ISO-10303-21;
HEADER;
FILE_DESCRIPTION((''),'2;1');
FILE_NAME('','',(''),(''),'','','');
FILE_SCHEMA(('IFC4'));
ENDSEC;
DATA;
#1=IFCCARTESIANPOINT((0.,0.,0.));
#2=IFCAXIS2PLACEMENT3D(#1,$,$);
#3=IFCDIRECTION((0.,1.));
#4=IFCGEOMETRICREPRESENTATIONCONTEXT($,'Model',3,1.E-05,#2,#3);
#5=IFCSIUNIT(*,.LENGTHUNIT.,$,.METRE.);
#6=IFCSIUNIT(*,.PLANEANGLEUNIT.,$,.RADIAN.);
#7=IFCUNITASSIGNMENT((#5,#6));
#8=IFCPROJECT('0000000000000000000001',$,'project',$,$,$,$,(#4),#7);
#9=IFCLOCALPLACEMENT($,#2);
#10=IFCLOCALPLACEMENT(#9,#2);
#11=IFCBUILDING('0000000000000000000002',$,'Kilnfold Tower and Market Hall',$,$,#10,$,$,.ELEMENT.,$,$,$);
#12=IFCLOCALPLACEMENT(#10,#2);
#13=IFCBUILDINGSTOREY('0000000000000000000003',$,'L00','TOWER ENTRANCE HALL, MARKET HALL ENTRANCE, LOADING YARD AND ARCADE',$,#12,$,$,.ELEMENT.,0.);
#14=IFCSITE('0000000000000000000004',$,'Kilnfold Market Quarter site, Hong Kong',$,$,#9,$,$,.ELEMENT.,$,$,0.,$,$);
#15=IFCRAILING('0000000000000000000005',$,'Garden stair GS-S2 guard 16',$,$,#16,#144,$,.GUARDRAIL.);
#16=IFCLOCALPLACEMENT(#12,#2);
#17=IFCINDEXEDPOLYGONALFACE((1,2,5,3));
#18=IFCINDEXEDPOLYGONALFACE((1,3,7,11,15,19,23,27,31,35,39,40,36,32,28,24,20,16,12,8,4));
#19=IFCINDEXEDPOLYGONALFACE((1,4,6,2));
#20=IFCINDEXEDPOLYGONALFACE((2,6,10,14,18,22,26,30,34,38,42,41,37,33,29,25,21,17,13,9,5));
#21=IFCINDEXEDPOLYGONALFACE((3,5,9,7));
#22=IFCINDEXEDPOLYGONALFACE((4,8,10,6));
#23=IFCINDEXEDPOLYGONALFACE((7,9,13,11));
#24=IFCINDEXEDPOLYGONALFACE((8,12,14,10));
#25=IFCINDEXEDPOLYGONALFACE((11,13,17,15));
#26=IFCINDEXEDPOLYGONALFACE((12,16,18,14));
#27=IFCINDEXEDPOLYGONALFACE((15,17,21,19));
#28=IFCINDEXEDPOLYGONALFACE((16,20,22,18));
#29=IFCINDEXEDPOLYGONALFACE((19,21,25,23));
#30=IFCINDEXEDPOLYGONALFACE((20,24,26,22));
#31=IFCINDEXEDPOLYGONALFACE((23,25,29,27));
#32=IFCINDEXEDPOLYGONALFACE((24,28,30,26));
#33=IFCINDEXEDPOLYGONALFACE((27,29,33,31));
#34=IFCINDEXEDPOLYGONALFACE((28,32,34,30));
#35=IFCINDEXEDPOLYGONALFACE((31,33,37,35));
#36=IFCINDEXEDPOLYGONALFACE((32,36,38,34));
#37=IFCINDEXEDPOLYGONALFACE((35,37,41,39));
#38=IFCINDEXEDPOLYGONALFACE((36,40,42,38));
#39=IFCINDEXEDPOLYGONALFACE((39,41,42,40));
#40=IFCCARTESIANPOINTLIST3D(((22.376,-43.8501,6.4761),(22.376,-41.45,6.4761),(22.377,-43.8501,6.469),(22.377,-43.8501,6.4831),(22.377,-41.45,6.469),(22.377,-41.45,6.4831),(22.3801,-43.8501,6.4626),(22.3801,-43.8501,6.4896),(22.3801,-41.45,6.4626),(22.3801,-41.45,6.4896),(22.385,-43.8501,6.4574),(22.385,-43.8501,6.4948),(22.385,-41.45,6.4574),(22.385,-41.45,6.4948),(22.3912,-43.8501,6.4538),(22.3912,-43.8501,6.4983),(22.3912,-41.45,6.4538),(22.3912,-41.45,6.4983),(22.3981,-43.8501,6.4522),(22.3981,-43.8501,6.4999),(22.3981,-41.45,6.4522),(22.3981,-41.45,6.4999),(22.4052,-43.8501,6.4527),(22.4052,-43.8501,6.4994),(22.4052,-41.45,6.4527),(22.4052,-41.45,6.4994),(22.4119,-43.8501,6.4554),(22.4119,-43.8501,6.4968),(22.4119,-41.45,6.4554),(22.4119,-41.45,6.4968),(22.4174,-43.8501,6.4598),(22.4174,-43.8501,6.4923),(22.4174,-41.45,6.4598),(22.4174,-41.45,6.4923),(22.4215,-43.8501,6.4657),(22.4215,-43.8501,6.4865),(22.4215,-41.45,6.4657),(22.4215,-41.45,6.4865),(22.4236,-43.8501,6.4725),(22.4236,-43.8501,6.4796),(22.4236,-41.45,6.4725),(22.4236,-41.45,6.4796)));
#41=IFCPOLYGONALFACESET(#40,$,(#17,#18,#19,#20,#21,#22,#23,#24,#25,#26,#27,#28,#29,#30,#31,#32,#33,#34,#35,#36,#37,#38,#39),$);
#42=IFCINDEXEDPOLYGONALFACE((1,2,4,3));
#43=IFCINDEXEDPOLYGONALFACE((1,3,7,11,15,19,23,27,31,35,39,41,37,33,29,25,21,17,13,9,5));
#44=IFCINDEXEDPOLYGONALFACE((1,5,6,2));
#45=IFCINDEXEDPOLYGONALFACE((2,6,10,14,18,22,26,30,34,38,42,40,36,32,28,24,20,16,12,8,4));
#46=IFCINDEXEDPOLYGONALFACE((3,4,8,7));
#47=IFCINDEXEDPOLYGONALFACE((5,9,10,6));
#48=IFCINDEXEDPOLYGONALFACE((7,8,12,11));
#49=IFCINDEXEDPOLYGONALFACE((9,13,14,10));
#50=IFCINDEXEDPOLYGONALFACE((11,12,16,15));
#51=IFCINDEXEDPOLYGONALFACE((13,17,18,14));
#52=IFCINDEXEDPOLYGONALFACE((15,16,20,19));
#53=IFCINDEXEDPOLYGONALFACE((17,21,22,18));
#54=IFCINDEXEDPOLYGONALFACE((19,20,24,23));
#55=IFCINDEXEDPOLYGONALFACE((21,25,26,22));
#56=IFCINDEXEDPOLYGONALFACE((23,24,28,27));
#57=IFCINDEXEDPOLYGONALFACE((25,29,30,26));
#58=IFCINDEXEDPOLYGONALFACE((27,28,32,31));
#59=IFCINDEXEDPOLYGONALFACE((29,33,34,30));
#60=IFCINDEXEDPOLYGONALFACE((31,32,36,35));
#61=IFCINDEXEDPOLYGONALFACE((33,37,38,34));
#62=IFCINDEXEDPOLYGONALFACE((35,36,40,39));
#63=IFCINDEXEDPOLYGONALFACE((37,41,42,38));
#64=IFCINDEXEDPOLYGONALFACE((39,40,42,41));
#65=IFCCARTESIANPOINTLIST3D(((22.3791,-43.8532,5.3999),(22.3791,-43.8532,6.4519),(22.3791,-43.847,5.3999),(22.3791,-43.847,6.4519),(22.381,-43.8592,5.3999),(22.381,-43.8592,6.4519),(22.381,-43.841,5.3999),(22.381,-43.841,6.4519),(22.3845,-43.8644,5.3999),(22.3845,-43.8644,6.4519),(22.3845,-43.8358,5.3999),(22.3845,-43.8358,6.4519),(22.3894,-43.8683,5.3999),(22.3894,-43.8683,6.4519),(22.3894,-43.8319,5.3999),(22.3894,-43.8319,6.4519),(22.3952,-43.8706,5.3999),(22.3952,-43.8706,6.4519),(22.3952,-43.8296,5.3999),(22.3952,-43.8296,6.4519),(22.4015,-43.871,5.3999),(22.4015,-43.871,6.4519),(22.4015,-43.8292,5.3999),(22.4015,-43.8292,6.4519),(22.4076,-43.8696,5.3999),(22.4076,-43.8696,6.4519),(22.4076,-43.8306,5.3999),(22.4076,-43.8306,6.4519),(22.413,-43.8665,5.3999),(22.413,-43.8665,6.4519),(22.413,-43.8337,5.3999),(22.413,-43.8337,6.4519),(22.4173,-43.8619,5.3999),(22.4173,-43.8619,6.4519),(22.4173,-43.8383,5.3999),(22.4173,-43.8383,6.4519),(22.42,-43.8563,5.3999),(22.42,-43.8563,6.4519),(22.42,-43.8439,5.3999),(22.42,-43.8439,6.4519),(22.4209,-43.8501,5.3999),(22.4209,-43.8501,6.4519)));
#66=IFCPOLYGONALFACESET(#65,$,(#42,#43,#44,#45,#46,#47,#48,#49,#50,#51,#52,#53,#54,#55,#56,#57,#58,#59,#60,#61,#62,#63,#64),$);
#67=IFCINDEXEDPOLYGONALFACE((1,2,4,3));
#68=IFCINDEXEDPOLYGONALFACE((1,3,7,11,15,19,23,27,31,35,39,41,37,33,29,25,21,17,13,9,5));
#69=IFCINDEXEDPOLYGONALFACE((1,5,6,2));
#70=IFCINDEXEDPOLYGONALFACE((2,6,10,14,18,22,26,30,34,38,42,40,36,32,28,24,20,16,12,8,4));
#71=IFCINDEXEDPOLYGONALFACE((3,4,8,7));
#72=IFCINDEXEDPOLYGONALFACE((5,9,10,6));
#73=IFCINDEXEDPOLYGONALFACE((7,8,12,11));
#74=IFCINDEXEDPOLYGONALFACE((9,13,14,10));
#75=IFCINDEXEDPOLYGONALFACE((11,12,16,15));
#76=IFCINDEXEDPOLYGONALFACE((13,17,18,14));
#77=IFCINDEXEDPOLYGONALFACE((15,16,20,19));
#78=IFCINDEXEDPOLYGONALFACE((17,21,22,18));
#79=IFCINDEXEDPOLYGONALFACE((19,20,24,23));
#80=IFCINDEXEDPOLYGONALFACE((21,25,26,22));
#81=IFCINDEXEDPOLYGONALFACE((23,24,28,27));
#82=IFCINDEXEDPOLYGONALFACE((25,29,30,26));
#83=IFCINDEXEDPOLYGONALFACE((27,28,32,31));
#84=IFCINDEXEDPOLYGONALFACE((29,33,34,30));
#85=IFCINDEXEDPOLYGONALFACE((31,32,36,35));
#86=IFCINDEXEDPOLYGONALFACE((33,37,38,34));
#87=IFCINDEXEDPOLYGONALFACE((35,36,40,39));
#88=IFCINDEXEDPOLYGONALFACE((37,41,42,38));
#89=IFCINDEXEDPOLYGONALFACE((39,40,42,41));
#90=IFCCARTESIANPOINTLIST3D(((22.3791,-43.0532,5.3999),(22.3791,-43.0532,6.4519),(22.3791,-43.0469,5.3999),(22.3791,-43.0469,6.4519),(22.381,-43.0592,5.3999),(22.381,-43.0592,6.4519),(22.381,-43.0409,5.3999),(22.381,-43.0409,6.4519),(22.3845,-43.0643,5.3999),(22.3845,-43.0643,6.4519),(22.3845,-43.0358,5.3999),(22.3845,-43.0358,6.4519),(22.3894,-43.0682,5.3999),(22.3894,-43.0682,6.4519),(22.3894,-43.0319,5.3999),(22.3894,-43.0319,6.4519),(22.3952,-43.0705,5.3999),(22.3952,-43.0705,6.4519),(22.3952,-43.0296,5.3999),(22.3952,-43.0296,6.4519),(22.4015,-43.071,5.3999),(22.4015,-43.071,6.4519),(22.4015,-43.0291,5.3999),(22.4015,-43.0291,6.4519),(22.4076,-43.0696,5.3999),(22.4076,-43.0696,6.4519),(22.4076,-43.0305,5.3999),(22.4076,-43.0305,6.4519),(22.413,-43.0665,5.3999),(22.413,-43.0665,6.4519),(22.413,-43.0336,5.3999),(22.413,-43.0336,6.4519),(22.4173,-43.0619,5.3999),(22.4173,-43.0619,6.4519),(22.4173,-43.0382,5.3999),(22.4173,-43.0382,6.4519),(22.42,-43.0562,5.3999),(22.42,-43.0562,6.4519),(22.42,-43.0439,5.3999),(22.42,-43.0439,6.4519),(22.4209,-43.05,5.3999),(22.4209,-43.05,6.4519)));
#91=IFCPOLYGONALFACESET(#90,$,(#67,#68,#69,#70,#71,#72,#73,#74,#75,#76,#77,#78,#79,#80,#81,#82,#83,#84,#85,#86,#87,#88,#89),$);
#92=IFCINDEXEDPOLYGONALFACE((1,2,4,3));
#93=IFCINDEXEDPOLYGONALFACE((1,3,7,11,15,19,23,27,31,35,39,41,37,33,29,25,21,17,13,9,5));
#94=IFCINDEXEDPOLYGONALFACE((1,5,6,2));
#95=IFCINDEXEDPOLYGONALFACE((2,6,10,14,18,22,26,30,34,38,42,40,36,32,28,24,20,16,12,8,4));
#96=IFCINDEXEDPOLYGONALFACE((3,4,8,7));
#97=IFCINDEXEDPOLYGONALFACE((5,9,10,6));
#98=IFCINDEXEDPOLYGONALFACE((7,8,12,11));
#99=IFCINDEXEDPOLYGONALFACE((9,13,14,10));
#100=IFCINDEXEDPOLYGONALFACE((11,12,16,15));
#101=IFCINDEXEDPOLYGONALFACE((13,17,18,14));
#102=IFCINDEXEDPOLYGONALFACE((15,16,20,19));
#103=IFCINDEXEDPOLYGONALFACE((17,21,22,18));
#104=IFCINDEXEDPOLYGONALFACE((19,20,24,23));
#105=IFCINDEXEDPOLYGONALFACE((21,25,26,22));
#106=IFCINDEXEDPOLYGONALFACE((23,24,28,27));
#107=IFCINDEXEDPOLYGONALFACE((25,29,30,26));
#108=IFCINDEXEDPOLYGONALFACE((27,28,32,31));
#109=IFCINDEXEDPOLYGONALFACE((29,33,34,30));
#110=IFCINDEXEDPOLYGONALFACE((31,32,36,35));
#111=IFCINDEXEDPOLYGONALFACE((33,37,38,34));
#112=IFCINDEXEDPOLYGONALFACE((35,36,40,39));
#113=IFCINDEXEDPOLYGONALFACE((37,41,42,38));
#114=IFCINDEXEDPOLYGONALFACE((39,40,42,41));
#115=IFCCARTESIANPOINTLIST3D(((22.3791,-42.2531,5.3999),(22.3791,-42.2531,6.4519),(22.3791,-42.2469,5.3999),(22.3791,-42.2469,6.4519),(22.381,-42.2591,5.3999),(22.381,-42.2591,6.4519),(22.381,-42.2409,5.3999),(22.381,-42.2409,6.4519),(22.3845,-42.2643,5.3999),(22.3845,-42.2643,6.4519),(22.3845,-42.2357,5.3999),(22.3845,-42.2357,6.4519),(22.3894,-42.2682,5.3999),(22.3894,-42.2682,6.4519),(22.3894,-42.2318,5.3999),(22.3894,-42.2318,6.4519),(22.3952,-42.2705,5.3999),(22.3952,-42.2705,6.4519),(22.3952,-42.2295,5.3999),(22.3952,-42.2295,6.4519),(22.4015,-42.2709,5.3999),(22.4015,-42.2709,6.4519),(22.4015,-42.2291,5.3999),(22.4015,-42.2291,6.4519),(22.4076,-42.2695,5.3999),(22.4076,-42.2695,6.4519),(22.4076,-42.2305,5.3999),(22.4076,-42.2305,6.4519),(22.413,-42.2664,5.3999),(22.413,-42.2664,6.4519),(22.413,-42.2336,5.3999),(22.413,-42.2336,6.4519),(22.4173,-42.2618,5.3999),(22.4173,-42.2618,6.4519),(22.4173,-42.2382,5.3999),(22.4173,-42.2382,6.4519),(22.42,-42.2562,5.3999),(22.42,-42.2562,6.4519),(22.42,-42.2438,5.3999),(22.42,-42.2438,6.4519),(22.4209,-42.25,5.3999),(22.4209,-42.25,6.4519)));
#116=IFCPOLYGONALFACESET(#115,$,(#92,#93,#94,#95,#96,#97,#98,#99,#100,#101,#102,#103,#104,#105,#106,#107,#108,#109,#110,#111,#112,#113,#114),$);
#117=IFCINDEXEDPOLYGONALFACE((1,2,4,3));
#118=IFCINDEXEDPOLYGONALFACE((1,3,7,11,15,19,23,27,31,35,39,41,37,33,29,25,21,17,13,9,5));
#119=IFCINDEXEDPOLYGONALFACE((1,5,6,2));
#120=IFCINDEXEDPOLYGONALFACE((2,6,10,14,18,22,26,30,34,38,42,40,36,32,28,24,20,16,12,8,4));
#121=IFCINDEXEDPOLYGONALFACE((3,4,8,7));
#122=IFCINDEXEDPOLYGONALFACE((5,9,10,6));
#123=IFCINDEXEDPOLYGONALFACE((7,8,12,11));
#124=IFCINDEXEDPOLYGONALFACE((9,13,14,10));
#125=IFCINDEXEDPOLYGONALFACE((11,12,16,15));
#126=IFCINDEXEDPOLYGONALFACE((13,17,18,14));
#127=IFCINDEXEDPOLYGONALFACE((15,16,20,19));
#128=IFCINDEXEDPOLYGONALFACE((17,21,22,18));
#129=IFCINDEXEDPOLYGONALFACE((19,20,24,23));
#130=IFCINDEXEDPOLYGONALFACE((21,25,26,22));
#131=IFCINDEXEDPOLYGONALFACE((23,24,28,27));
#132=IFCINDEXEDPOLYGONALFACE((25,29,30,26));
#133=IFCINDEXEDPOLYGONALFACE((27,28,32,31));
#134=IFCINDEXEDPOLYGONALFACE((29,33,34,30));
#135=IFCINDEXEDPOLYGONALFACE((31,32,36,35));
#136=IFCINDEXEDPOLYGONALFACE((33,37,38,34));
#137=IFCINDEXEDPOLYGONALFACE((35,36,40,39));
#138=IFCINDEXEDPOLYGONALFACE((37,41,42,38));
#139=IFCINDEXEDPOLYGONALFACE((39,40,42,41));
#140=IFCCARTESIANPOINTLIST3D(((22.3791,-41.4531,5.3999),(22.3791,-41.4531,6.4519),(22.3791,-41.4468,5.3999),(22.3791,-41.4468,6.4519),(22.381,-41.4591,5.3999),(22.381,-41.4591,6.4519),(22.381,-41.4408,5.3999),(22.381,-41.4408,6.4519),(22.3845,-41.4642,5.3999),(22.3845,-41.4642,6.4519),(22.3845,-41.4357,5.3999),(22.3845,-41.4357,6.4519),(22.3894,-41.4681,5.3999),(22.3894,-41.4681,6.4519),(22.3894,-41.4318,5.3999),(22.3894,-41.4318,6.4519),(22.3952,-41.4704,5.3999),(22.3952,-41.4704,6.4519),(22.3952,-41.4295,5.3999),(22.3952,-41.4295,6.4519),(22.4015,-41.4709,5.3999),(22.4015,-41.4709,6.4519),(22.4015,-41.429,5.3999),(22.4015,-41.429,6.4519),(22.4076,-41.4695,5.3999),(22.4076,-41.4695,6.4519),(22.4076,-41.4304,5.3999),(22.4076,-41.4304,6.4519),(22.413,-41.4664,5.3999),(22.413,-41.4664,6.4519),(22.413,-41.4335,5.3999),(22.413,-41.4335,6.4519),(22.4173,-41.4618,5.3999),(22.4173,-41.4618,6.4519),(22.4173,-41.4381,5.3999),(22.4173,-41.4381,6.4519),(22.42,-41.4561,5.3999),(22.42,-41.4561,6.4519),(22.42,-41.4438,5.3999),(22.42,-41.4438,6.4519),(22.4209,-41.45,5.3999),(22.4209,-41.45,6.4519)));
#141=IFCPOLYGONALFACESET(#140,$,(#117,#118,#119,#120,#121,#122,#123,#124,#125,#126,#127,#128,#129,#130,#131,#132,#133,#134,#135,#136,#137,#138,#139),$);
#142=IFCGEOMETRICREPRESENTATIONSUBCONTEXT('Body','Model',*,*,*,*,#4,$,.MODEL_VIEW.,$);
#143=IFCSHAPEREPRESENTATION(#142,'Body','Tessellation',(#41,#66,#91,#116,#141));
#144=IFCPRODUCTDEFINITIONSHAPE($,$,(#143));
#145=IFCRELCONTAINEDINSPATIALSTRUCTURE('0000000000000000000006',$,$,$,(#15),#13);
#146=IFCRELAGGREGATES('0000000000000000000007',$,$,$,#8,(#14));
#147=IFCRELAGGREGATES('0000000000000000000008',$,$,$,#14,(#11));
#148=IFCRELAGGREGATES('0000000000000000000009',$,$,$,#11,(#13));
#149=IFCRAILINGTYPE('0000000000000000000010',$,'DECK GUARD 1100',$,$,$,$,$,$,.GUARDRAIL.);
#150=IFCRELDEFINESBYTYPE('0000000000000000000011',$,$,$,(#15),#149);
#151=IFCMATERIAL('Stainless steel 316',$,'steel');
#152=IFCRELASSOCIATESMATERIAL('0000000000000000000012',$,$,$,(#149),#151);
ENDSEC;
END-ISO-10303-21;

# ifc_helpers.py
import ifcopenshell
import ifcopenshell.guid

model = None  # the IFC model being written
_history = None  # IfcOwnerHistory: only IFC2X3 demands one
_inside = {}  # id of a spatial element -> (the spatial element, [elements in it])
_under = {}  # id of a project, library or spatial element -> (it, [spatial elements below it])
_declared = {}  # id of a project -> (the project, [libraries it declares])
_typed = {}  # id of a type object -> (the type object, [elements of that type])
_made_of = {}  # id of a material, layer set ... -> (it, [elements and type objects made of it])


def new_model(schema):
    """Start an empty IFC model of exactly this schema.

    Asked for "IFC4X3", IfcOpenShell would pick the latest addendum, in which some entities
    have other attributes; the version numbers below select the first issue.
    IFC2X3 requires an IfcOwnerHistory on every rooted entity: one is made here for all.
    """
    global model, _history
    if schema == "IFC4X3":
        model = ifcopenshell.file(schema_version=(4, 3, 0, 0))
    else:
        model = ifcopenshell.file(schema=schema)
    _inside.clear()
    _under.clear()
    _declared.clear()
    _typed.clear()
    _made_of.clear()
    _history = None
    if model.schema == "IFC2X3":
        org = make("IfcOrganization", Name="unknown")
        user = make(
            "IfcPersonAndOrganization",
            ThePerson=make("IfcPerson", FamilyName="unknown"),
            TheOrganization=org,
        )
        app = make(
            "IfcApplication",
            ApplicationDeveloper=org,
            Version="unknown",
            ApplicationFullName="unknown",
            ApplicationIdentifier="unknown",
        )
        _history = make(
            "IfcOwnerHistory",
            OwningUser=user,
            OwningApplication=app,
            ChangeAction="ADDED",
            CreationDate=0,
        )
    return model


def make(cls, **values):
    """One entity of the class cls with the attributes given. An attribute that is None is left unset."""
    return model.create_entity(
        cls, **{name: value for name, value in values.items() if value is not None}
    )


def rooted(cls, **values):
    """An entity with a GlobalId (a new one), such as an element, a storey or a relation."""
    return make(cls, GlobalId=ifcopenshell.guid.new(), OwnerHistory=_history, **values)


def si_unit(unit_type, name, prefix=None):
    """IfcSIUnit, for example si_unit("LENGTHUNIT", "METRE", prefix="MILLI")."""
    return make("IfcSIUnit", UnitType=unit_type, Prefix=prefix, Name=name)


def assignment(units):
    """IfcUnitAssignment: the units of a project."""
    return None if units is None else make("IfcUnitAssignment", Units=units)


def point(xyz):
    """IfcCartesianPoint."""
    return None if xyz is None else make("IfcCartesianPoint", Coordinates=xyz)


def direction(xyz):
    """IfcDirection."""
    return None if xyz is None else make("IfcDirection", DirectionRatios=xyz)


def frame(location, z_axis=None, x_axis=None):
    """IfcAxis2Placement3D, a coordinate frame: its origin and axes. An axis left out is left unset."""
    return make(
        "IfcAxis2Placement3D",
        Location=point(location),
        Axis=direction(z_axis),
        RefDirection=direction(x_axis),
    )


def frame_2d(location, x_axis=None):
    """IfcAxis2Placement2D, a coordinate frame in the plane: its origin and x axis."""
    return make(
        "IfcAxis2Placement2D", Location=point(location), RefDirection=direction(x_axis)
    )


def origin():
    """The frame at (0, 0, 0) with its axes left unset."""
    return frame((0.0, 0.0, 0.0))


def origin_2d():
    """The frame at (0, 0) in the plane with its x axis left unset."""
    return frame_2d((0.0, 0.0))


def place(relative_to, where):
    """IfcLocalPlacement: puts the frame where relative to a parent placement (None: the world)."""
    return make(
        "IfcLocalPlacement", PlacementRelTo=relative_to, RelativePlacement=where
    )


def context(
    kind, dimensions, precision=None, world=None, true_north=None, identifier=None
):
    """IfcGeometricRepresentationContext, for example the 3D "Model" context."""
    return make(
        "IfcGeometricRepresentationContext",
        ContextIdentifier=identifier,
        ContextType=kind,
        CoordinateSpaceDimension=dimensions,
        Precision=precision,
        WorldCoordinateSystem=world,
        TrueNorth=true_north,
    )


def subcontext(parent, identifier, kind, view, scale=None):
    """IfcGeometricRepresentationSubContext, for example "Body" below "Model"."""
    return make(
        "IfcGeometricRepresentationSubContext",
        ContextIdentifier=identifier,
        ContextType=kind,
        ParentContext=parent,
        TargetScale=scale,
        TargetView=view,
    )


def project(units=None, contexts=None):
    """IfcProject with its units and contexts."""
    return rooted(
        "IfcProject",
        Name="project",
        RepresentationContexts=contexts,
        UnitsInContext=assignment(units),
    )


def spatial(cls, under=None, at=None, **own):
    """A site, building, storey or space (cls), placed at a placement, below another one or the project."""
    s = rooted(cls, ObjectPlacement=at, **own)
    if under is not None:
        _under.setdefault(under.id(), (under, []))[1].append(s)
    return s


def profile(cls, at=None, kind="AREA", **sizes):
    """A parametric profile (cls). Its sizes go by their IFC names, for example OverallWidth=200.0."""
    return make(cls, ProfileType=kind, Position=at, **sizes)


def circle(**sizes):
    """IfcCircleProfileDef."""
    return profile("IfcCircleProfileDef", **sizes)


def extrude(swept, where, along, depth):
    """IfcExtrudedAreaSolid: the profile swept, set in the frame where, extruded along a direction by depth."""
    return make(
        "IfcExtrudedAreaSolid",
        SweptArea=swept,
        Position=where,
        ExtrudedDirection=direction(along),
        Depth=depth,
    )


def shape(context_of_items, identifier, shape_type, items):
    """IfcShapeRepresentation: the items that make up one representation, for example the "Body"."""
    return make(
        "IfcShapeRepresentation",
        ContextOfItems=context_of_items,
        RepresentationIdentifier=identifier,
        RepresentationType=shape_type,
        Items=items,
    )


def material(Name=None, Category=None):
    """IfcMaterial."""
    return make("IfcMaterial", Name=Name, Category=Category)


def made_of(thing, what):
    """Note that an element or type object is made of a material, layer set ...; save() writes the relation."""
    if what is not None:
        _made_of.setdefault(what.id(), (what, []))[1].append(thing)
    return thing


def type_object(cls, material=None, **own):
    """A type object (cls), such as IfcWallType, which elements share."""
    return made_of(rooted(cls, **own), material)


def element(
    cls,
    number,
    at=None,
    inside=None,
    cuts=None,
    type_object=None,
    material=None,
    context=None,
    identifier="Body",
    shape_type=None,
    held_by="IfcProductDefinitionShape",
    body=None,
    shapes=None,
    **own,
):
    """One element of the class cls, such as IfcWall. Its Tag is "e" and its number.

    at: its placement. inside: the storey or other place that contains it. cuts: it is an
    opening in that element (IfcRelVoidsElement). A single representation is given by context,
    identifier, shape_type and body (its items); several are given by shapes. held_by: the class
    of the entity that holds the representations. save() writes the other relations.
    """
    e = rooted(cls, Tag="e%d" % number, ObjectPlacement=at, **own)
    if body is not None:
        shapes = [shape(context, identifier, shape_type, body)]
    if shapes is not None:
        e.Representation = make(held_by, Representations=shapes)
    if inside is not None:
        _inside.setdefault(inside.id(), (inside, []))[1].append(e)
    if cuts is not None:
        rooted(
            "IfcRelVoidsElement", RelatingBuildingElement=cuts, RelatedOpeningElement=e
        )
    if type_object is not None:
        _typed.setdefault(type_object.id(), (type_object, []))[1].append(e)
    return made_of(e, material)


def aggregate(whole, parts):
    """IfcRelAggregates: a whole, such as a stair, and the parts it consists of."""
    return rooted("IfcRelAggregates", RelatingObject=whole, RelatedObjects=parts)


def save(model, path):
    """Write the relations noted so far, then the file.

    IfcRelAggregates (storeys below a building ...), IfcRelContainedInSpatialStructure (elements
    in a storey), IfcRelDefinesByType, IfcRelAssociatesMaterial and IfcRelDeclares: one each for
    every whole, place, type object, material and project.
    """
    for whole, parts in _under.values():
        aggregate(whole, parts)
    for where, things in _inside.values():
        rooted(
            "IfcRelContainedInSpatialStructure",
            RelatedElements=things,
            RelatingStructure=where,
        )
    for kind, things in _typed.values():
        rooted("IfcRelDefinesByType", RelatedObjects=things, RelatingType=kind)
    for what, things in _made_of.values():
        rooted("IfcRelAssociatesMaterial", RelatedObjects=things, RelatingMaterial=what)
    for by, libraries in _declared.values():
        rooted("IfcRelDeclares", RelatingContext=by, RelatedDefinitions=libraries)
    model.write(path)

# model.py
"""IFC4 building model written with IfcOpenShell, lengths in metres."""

from ifc_helpers import new_model, si_unit, direction, frame, origin, origin_2d, place, context, subcontext, project, spatial, circle, extrude, material, type_object, element, save


model = new_model("IFC4")

# Units and contexts
model_context = context("Model", 3, precision=1e-05, world=origin(), true_north=direction((0.0, 1.0)))
body_context = subcontext(model_context, "Body", "Model", "MODEL_VIEW")
ifc_project = project(units=[si_unit("LENGTHUNIT", "METRE"), si_unit("PLANEANGLEUNIT", "RADIAN")], contexts=[model_context])

# Site, building, storey
site_placement = place(None, origin())
site = spatial("IfcSite", under=ifc_project, at=site_placement, Name="Kilnfold Market Quarter site, Hong Kong", CompositionType="ELEMENT", RefElevation=0.0)
building_placement = place(site_placement, origin())
building = spatial("IfcBuilding", under=site, at=building_placement, Name="Kilnfold Tower and Market Hall", CompositionType="ELEMENT")
storey_placement = place(building_placement, origin())
storey = spatial("IfcBuildingStorey", under=building, at=storey_placement, Name="L00", Description="TOWER ENTRANCE HALL, MARKET HALL ENTRANCE, LOADING YARD AND ARCADE", CompositionType="ELEMENT", Elevation=0.0)

# Railing
ifc_material_1 = material(Name="Stainless steel 316", Category="steel")
railing_type_1 = type_object("IfcRailingType", Name="DECK GUARD 1100", PredefinedType="GUARDRAIL", material=ifc_material_1)
for number, where, name in (
    (1, (22.3999, -43.8501, 5.3999), "Garden stair GS-S2 guard 16"),
):
    element("IfcRailing", number, at=place(storey_placement, frame(where)), inside=storey, type_object=railing_type_1, Name=name, PredefinedType="GUARDRAIL", context=body_context, shape_type="SweptSolid", body=[
        extrude(circle(Radius=0.0239, at=origin_2d()), frame((0.0, 0.0, 1.0762), z_axis=(0.0, 1.0, 0.0), x_axis=(-1.0, 0.0, 0.0)), (0.0, 0.0, 1.0), 2.4001),
        extrude(circle(Radius=0.021, at=origin_2d()), origin(), (0.0, 0.0, 1.0), 1.052),
        extrude(circle(Radius=0.021, at=origin_2d()), frame((0.0, 0.8, 0.0)), (0.0, 0.0, 1.0), 1.052),
        extrude(circle(Radius=0.021, at=origin_2d()), frame((0.0, 1.6001, 0.0)), (0.0, 0.0, 1.0), 1.052),
        extrude(circle(Radius=0.021, at=origin_2d()), frame((0.0, 2.4001, 0.0)), (0.0, 0.0, 1.0), 1.052),
    ])

save(model, "model.ifc")
